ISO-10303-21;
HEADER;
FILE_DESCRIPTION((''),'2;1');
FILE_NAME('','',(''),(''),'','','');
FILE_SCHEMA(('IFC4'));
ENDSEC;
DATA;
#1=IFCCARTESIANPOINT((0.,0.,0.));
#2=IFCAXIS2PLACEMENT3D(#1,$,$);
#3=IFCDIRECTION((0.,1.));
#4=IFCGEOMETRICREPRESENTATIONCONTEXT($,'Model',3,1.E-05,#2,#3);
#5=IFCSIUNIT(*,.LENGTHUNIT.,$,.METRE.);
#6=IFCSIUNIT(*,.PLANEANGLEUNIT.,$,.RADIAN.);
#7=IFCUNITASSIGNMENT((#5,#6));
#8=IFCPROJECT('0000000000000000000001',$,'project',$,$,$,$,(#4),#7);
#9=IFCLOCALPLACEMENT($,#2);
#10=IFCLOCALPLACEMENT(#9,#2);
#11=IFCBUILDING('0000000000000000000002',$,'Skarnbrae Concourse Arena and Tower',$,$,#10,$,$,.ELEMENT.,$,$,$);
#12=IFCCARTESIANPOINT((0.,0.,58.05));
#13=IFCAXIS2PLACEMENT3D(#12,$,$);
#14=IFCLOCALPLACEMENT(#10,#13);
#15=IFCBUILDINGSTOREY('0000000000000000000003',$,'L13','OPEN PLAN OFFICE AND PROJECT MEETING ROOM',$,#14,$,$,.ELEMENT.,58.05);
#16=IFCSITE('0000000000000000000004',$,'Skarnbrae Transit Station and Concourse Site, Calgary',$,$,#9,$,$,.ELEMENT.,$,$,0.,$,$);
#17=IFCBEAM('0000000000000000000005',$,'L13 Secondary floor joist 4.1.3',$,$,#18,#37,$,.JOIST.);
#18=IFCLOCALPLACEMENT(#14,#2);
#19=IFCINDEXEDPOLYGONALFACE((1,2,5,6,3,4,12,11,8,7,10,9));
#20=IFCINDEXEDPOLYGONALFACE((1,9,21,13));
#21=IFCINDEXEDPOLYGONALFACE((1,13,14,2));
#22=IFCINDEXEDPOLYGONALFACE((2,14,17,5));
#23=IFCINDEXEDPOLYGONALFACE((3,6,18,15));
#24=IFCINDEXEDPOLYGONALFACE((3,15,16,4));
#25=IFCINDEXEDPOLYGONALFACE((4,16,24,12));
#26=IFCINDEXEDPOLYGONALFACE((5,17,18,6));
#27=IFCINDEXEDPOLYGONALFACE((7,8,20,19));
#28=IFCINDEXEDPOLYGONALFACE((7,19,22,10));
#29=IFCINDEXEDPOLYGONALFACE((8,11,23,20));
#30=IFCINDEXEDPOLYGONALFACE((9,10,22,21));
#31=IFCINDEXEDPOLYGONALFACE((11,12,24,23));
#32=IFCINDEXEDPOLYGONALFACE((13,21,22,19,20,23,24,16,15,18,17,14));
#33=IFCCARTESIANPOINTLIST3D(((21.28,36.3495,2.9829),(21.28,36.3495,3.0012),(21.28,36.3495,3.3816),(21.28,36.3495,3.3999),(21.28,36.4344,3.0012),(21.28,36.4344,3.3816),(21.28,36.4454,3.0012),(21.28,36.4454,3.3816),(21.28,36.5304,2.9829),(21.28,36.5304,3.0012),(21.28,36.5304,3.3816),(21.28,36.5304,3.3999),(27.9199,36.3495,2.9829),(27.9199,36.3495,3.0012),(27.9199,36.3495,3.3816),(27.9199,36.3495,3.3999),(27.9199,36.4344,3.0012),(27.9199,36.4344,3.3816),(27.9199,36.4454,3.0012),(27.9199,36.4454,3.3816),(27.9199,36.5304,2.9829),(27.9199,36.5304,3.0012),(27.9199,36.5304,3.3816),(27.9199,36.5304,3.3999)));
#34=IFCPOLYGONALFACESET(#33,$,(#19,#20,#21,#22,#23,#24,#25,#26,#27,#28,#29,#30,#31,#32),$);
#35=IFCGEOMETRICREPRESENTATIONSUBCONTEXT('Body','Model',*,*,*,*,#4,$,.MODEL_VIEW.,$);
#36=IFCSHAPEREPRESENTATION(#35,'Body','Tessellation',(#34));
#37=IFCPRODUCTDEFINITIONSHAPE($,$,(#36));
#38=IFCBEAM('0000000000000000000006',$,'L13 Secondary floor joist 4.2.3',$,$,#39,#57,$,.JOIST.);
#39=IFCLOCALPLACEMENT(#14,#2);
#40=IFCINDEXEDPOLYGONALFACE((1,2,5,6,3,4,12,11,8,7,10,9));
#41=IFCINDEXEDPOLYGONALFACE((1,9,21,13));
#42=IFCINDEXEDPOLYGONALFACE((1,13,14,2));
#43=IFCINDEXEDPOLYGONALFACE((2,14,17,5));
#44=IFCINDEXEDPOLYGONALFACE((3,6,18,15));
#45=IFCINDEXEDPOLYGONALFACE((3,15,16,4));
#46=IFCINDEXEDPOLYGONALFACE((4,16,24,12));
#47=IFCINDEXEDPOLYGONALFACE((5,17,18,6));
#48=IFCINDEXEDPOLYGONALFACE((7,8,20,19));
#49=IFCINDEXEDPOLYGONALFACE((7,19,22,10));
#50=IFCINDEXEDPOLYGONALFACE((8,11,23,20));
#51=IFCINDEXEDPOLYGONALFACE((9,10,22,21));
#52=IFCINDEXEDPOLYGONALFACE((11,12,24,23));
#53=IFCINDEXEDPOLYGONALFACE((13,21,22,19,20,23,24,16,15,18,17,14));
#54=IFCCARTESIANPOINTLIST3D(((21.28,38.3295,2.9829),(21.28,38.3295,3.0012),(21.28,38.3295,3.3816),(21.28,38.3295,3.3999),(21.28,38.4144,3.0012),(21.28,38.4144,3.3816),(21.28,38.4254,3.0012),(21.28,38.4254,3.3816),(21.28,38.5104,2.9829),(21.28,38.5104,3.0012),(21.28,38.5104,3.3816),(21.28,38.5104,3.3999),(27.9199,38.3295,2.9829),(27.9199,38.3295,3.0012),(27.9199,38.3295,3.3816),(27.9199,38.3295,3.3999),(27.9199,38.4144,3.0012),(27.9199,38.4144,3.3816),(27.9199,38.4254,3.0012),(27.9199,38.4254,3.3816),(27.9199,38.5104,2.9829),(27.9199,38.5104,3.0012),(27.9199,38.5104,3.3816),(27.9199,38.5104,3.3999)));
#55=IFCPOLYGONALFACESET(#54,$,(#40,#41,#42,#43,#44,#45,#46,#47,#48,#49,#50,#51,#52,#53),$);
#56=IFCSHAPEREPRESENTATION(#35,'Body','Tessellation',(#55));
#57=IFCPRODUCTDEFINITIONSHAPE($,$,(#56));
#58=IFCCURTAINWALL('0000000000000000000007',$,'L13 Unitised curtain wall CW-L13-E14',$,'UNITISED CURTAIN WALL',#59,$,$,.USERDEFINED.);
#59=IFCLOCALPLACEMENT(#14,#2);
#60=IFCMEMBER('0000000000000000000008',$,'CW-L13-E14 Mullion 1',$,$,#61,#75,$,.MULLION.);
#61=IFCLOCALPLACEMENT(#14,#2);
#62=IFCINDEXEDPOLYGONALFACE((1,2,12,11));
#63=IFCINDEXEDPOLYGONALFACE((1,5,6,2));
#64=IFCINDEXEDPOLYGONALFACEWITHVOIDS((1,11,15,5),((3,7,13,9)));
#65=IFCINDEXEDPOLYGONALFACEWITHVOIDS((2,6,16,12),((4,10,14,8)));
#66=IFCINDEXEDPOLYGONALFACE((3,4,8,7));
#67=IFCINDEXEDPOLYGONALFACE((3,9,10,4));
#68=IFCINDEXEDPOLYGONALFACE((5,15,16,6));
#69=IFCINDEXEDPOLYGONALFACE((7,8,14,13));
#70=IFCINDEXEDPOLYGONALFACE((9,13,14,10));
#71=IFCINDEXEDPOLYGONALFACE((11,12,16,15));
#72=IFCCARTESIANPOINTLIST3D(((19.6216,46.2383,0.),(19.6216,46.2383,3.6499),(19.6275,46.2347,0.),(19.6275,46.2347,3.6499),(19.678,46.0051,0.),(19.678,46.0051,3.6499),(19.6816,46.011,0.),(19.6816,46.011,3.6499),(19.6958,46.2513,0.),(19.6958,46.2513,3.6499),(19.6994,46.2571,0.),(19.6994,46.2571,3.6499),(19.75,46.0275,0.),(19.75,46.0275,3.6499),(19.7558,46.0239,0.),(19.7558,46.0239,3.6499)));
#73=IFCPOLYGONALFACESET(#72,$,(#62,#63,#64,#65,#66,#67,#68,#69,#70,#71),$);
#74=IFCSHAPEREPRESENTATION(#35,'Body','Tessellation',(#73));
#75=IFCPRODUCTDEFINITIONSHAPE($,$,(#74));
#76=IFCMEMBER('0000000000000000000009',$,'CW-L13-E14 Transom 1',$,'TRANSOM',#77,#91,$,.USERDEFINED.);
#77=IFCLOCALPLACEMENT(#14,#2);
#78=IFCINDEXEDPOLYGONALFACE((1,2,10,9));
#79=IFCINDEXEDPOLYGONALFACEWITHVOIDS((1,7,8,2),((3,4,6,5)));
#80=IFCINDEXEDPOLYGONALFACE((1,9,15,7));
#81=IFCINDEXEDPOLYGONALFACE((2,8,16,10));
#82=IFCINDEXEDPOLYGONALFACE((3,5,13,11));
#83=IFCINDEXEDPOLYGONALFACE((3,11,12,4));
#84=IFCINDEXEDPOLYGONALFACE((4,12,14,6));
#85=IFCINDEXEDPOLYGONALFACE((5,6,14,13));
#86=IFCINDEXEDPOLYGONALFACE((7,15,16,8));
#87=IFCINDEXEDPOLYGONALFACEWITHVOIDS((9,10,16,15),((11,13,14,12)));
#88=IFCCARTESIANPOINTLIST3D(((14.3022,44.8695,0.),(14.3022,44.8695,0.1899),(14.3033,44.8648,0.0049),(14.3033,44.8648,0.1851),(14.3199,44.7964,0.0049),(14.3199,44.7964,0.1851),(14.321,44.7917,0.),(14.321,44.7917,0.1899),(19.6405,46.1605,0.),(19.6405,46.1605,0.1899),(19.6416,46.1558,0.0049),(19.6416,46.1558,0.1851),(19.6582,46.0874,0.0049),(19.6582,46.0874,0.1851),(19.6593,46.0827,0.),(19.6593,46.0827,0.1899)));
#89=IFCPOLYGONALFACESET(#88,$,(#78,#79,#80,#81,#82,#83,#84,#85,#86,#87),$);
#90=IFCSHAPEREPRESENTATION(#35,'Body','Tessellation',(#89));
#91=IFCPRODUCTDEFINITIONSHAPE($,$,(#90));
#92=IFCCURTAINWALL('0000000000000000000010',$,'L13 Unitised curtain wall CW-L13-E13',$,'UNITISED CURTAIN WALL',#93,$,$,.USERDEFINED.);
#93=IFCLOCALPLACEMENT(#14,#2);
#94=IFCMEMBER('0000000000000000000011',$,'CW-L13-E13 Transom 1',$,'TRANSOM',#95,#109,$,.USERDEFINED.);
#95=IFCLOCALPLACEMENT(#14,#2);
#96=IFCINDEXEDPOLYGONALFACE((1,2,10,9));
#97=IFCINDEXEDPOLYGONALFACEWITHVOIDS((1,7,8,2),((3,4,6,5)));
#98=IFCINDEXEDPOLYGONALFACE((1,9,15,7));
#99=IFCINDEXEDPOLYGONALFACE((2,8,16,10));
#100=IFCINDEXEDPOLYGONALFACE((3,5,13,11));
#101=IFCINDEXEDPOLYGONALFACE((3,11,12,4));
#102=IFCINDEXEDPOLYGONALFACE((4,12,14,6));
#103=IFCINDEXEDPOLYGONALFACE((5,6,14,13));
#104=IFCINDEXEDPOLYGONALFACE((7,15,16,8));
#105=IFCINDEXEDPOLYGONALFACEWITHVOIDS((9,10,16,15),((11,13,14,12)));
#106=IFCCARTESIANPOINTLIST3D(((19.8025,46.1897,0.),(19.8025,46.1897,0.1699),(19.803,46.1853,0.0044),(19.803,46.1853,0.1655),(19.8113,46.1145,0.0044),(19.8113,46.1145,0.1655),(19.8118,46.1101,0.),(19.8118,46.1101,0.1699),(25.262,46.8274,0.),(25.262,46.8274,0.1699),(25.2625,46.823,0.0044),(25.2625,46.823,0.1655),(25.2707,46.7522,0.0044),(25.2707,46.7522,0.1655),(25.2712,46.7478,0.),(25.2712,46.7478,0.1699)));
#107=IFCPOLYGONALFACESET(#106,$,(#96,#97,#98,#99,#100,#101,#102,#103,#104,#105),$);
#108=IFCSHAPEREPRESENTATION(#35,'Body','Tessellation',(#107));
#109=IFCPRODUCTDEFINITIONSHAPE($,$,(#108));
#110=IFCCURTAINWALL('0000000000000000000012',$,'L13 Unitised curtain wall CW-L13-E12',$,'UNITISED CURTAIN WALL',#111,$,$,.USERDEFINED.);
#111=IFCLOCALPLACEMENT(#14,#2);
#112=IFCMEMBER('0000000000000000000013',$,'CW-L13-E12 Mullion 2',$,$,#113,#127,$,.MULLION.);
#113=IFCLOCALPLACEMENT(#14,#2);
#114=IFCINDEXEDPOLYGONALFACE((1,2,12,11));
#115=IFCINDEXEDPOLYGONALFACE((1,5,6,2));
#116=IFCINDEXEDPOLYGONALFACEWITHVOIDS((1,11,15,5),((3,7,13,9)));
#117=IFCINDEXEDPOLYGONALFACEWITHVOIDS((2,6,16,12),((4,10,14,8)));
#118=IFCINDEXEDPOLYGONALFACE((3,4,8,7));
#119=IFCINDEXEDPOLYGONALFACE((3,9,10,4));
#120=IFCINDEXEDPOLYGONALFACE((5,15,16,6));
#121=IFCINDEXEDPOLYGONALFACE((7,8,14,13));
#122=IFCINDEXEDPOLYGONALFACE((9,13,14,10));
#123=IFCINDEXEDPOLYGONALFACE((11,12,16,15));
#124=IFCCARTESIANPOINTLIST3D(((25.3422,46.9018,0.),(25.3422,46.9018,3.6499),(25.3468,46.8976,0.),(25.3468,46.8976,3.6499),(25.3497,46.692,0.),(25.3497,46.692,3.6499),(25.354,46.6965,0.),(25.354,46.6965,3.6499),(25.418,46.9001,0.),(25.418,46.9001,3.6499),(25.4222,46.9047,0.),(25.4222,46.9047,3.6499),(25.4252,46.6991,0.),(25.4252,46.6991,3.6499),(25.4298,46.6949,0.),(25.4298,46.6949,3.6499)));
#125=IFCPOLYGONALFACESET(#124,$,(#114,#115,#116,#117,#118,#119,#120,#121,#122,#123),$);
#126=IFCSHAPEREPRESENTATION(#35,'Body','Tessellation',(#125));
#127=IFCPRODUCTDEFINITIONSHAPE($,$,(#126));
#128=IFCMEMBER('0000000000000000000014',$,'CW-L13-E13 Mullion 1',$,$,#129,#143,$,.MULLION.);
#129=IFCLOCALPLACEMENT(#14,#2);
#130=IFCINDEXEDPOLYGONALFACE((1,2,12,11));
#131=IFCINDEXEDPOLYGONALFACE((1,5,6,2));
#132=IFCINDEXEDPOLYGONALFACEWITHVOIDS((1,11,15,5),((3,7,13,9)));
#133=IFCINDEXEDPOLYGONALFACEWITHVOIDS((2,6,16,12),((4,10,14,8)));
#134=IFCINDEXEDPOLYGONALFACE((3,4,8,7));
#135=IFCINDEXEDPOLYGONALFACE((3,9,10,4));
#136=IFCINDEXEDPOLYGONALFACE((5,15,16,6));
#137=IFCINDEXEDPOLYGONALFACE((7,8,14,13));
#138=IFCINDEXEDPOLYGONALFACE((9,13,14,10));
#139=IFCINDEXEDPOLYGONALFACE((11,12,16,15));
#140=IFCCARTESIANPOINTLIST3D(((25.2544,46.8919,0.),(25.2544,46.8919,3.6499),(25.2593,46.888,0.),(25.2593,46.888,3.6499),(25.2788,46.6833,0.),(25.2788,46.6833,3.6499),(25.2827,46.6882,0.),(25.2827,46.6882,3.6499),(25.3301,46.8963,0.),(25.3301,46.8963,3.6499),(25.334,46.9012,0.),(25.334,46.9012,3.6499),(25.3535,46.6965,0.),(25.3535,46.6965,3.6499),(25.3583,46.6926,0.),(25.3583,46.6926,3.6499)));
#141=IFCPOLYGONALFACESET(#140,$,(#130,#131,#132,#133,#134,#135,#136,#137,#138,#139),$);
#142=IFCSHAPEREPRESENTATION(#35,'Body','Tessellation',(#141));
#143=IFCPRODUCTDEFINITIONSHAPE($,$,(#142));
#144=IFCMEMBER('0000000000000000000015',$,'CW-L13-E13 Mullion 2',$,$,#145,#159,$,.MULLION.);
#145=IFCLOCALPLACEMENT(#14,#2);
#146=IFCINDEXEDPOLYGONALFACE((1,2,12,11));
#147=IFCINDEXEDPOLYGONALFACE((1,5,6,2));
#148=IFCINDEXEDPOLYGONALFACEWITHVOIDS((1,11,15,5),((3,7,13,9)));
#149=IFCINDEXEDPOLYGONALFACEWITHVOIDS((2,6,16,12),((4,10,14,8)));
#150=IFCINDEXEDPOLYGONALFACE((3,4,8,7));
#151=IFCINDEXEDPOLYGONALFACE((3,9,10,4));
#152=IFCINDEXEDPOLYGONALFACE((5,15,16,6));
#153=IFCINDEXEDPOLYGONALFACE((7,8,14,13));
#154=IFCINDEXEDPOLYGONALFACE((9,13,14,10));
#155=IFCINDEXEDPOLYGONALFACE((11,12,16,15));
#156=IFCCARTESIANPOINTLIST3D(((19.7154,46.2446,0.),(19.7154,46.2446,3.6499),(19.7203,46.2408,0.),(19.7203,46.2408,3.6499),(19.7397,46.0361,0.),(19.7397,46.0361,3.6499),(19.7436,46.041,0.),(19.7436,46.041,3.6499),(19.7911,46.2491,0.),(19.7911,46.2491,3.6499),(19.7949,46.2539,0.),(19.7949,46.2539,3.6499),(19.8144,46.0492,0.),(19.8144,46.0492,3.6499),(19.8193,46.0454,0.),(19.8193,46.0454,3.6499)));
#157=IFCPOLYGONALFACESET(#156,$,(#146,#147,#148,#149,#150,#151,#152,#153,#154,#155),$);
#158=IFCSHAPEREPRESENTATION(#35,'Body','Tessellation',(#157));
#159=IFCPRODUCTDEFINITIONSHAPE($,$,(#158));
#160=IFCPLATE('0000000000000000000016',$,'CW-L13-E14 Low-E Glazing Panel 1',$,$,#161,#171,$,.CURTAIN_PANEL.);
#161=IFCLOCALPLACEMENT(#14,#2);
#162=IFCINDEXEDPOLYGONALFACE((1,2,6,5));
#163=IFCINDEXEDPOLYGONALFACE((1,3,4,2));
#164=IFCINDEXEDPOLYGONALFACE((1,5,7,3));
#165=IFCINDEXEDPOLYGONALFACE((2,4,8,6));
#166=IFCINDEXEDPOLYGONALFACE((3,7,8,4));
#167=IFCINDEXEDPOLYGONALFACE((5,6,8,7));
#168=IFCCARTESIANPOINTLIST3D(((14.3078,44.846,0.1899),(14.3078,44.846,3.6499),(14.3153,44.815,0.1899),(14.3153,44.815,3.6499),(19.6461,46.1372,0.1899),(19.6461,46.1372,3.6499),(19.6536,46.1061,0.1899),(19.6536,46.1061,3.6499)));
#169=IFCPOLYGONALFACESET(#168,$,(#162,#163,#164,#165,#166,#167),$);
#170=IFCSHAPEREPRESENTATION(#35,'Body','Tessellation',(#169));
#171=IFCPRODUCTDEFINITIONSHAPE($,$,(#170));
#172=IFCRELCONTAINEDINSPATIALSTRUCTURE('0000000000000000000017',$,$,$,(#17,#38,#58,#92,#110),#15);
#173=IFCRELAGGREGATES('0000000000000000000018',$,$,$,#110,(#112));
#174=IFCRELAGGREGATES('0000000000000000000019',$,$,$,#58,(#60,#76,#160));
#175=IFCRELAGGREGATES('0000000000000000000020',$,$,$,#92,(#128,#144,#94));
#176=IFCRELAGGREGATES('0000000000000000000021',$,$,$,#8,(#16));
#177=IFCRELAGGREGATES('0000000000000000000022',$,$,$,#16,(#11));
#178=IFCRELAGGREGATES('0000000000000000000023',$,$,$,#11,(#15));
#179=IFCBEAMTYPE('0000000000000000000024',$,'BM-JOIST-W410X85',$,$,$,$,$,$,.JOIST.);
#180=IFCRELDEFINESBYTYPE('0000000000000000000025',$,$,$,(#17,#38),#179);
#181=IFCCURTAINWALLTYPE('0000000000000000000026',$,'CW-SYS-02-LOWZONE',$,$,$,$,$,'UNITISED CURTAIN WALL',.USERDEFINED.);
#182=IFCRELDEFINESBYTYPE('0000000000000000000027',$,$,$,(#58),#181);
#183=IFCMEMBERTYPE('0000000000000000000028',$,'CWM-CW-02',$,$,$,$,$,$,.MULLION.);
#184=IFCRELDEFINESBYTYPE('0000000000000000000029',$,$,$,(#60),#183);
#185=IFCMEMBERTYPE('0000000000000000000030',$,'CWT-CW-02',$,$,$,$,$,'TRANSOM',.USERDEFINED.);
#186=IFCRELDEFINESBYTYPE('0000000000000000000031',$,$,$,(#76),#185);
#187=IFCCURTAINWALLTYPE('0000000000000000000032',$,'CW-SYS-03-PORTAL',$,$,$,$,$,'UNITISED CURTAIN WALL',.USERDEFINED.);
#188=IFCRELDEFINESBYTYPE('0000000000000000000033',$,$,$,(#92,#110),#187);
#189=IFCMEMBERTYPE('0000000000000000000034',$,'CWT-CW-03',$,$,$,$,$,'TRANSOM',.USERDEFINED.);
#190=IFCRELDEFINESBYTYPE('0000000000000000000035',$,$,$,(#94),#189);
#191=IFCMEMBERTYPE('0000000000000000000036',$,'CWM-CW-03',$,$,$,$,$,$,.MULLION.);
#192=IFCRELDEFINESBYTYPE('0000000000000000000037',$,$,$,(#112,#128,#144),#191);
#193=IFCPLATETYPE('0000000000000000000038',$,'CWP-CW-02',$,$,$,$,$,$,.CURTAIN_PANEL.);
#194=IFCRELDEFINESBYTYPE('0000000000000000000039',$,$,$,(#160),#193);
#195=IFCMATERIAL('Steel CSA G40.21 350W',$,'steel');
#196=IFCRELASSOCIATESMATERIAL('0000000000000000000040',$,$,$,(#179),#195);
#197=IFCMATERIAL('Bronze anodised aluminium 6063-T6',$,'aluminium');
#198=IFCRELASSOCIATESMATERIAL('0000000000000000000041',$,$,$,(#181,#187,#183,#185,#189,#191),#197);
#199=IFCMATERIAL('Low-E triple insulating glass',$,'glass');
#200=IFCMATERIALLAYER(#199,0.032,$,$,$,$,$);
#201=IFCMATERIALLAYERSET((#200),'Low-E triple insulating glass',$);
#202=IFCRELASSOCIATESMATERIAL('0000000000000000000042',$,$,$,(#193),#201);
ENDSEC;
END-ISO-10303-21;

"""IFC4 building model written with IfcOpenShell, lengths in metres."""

from ifc_helpers import new_model, si_unit, direction, frame, origin, origin_2d, place, context, subcontext, project, spatial, rectangle, hollow_rectangle, i_section, extrude, source, transform, mapped, material, layer, layer_set, material_profile, profile_set, type_object, element, aggregate, save


model = new_model("IFC4")

# Units and contexts
model_context = context("Model", 3, precision=1e-05, world=origin(), true_north=direction((0.0, 1.0)))
body_context = subcontext(model_context, "Body", "Model", "MODEL_VIEW")
ifc_project = project(units=[si_unit("LENGTHUNIT", "METRE"), si_unit("PLANEANGLEUNIT", "RADIAN")], contexts=[model_context])

# Site, building, storey
site_placement = place(None, origin())
site = spatial("IfcSite", under=ifc_project, at=site_placement, Name="Skarnbrae Transit Station and Concourse Site, Calgary", CompositionType="ELEMENT", RefElevation=0.0)
building_placement = place(site_placement, origin())
building = spatial("IfcBuilding", under=site, at=building_placement, Name="Skarnbrae Concourse Arena and Tower", CompositionType="ELEMENT")
storey_placement = place(building_placement, frame((0.0, 0.0, 58.05)))
storey = spatial("IfcBuildingStorey", under=building, at=storey_placement, Name="L13", Description="OPEN PLAN OFFICE AND PROJECT MEETING ROOM", CompositionType="ELEMENT", Elevation=58.05)

# Shared definitions
ifc_material_1 = material(Name="Steel CSA G40.21 350W", Category="steel")

# Beams
ifc_material_profile_1 = material_profile(ifc_material_1, i_section(OverallWidth=0.1809, OverallDepth=0.417, WebThickness=0.011, FlangeThickness=0.0183, at=origin_2d()), Name="W410X85")
ifc_profile_set_1 = profile_set([ifc_material_profile_1], Name="Steel CSA G40.21 350W")
beam_type_1 = type_object("IfcBeamType", Name="BM-JOIST-W410X85", PredefinedType="JOIST", material=ifc_profile_set_1)
shared_shape_1 = source(origin(), body_context, "Body", "SweptSolid", [
    extrude(i_section(OverallWidth=0.1809, OverallDepth=0.417, WebThickness=0.011, FlangeThickness=0.0183, at=origin_2d()), origin(), (0.0, 0.0, 1.0), 6.6399),
])
for number, where, z_axis, x_axis, name in (
    (1, (21.28, 36.4399, 3.1914), (1.0, 0.0, 0.0), (0.0, 1.0, 0.0), "L13 Secondary floor joist 4.1.3"),
    (2, (21.28, 38.4199, 3.1914), (1.0, 0.0, 0.0), (0.0, 1.0, 0.0), "L13 Secondary floor joist 4.2.3"),
):
    element("IfcBeam", number, at=place(storey_placement, frame(where, z_axis=z_axis, x_axis=x_axis)), inside=storey, type_object=beam_type_1, Name=name, PredefinedType="JOIST", context=body_context, shape_type="MappedRepresentation", body=[
        mapped(shared_shape_1, transform((0.0, 0.0, 0.0))),
    ])

# Curtain wall, members
ifc_material_2 = material(Name="Bronze anodised aluminium 6063-T6", Category="aluminium")
curtain_wall_type_1 = type_object("IfcCurtainWallType", Name="CW-SYS-02-LOWZONE", ElementType="UNITISED CURTAIN WALL", PredefinedType="USERDEFINED", material=ifc_material_2)
curtain_wall_1_placement = place(storey_placement, origin())
curtain_wall_1 = element("IfcCurtainWall", 3, at=curtain_wall_1_placement, inside=storey, type_object=curtain_wall_type_1, Name="L13 Unitised curtain wall CW-L13-E14", ObjectType="UNITISED CURTAIN WALL", PredefinedType="USERDEFINED")
ifc_material_profile_2 = material_profile(ifc_material_2, hollow_rectangle(XDim=0.0801, YDim=0.24, WallThickness=0.0049, at=origin_2d()), Name="ALU-MULL-80X240")
ifc_profile_set_2 = profile_set([ifc_material_profile_2], Name="Bronze anodised aluminium 6063-T6")
member_type_1 = type_object("IfcMemberType", Name="CWM-CW-02", PredefinedType="MULLION", material=ifc_profile_set_2)
shared_shape_2 = source(origin(), body_context, "Body", "SweptSolid", [
    extrude(hollow_rectangle(XDim=0.0801, YDim=0.24, WallThickness=0.0049, at=origin_2d()), origin(), (0.0, 0.0, 1.0), 3.6499),
])
member_1_placement = place(storey_placement, frame((19.6887, 46.1311, 0.0), z_axis=(0.0, 0.0, 1.0), x_axis=(-0.971974, -0.23509, 0.0)))
member_1 = element("IfcMember", 4, at=member_1_placement, type_object=member_type_1, Name="CW-L13-E14 Mullion 1", PredefinedType="MULLION", context=body_context, shape_type="MappedRepresentation", body=[
    mapped(shared_shape_2, transform((0.0, 0.0, 0.0))),
])
ifc_material_profile_3 = material_profile(ifc_material_2, hollow_rectangle(XDim=0.0801, YDim=0.1899, WallThickness=0.0049, at=origin_2d()), Name="ALU-TRAN-80X190")
ifc_profile_set_3 = profile_set([ifc_material_profile_3], Name="Bronze anodised aluminium 6063-T6")
member_type_2 = type_object("IfcMemberType", Name="CWT-CW-02", ElementType="TRANSOM", PredefinedType="USERDEFINED", material=ifc_profile_set_3)
shared_shape_3 = source(origin(), body_context, "Body", "SweptSolid", [
    extrude(hollow_rectangle(XDim=0.0801, YDim=0.1899, WallThickness=0.0049, at=origin_2d()), origin(), (0.0, 0.0, 1.0), 5.4922),
])
member_2_placement = place(storey_placement, frame((19.6499, 46.1216, 0.095), z_axis=(-0.971981, -0.235061, 0.0), x_axis=(0.235061, -0.971981, 0.0)))
member_2 = element("IfcMember", 5, at=member_2_placement, type_object=member_type_2, Name="CW-L13-E14 Transom 1", ObjectType="TRANSOM", PredefinedType="USERDEFINED", context=body_context, shape_type="MappedRepresentation", body=[
    mapped(shared_shape_3, transform((0.0, 0.0, 0.0))),
])

# Curtain walls, members
curtain_wall_type_2 = type_object("IfcCurtainWallType", Name="CW-SYS-03-PORTAL", ElementType="UNITISED CURTAIN WALL", PredefinedType="USERDEFINED", material=ifc_material_2)
curtain_wall_2_placement = place(storey_placement, origin())
curtain_wall_2 = element("IfcCurtainWall", 6, at=curtain_wall_2_placement, inside=storey, type_object=curtain_wall_type_2, Name="L13 Unitised curtain wall CW-L13-E13", ObjectType="UNITISED CURTAIN WALL", PredefinedType="USERDEFINED")
ifc_material_profile_4 = material_profile(ifc_material_2, hollow_rectangle(XDim=0.0801, YDim=0.1699, WallThickness=0.0044, at=origin_2d()), Name="ALU-TRAN-80X170")
ifc_profile_set_4 = profile_set([ifc_material_profile_4], Name="Bronze anodised aluminium 6063-T6")
member_type_3 = type_object("IfcMemberType", Name="CWT-CW-03", ElementType="TRANSOM", PredefinedType="USERDEFINED", material=ifc_profile_set_4)
shared_shape_4 = source(origin(), body_context, "Body", "SweptSolid", [
    extrude(hollow_rectangle(XDim=0.0801, YDim=0.1699, WallThickness=0.0044, at=origin_2d()), origin(), (0.0, 0.0, 1.0), 5.4966),
])
member_3_placement = place(storey_placement, frame((25.2666, 46.7876, 0.085), z_axis=(-0.993247, -0.116017, 0.0), x_axis=(0.116017, -0.993247, 0.0)))
member_3 = element("IfcMember", 7, at=member_3_placement, type_object=member_type_3, Name="CW-L13-E13 Transom 1", ObjectType="TRANSOM", PredefinedType="USERDEFINED", context=body_context, shape_type="MappedRepresentation", body=[
    mapped(shared_shape_4, transform((0.0, 0.0, 0.0))),
])
curtain_wall_3_placement = place(storey_placement, origin())
curtain_wall_3 = element("IfcCurtainWall", 8, at=curtain_wall_3_placement, inside=storey, type_object=curtain_wall_type_2, Name="L13 Unitised curtain wall CW-L13-E12", ObjectType="UNITISED CURTAIN WALL", PredefinedType="USERDEFINED")
ifc_material_profile_5 = material_profile(ifc_material_2, hollow_rectangle(XDim=0.0801, YDim=0.21, WallThickness=0.0044, at=origin_2d()), Name="ALU-MULL-80X210")
ifc_profile_set_5 = profile_set([ifc_material_profile_5], Name="Bronze anodised aluminium 6063-T6")
member_type_4 = type_object("IfcMemberType", Name="CWM-CW-03", PredefinedType="MULLION", material=ifc_profile_set_5)
shared_shape_5 = source(origin(), body_context, "Body", "SweptSolid", [
    extrude(hollow_rectangle(XDim=0.0801, YDim=0.21, WallThickness=0.0044, at=origin_2d()), origin(), (0.0, 0.0, 1.0), 3.6499),
])
member_4_placement = place(storey_placement, frame((25.386, 46.7983, 0.0), z_axis=(0.0, 0.0, 1.0), x_axis=(-0.999355, -0.035899, 0.0)))
member_4 = element("IfcMember", 9, at=member_4_placement, type_object=member_type_4, Name="CW-L13-E12 Mullion 2", PredefinedType="MULLION", context=body_context, shape_type="MappedRepresentation", body=[
    mapped(shared_shape_5, transform((0.0, 0.0, 0.0))),
])
aggregate(curtain_wall_3, [member_4])

# Members
member_5_placement = place(storey_placement, frame((25.3064, 46.7922, 0.0), z_axis=(0.0, 0.0, 1.0), x_axis=(-0.993245, -0.11604, 0.0)))
member_5 = element("IfcMember", 10, at=member_5_placement, type_object=member_type_4, Name="CW-L13-E13 Mullion 1", PredefinedType="MULLION", context=body_context, shape_type="MappedRepresentation", body=[
    mapped(shared_shape_5, transform((0.0, 0.0, 0.0))),
])
member_6_placement = place(storey_placement, frame((19.7673, 46.145, 0.0), z_axis=(0.0, 0.0, 1.0), x_axis=(-0.993245, -0.11604, 0.0)))
member_6 = element("IfcMember", 11, at=member_6_placement, type_object=member_type_4, Name="CW-L13-E13 Mullion 2", PredefinedType="MULLION", context=body_context, shape_type="MappedRepresentation", body=[
    mapped(shared_shape_5, transform((0.0, 0.0, 0.0))),
])

# Plate
ifc_material_3 = material(Name="Low-E triple insulating glass", Category="glass")
ifc_layer_1 = layer(ifc_material_3, 0.032)
ifc_layer_set_1 = layer_set([ifc_layer_1], Name="Low-E triple insulating glass")
plate_type_1 = type_object("IfcPlateType", Name="CWP-CW-02", PredefinedType="CURTAIN_PANEL", material=ifc_layer_set_1)
shared_shape_6 = source(origin(), body_context, "Body", "SweptSolid", [
    extrude(rectangle(XDim=5.4922, YDim=0.032, at=origin_2d()), origin(), (0.0, 0.0, 1.0), 3.46),
])
plate_1_placement = place(storey_placement, frame((16.9807, 45.4761, 0.1899), z_axis=(0.0, 0.0, 1.0), x_axis=(-0.971974, -0.23509, 0.0)))
plate_1 = element("IfcPlate", 12, at=plate_1_placement, type_object=plate_type_1, Name="CW-L13-E14 Low-E Glazing Panel 1", PredefinedType="CURTAIN_PANEL", context=body_context, shape_type="MappedRepresentation", body=[
    mapped(shared_shape_6, transform((0.0, 0.0, 0.0))),
])
aggregate(curtain_wall_1, [member_1, member_2, plate_1])
aggregate(curtain_wall_2, [member_5, member_6, member_3])

save(model, "model.ifc")
